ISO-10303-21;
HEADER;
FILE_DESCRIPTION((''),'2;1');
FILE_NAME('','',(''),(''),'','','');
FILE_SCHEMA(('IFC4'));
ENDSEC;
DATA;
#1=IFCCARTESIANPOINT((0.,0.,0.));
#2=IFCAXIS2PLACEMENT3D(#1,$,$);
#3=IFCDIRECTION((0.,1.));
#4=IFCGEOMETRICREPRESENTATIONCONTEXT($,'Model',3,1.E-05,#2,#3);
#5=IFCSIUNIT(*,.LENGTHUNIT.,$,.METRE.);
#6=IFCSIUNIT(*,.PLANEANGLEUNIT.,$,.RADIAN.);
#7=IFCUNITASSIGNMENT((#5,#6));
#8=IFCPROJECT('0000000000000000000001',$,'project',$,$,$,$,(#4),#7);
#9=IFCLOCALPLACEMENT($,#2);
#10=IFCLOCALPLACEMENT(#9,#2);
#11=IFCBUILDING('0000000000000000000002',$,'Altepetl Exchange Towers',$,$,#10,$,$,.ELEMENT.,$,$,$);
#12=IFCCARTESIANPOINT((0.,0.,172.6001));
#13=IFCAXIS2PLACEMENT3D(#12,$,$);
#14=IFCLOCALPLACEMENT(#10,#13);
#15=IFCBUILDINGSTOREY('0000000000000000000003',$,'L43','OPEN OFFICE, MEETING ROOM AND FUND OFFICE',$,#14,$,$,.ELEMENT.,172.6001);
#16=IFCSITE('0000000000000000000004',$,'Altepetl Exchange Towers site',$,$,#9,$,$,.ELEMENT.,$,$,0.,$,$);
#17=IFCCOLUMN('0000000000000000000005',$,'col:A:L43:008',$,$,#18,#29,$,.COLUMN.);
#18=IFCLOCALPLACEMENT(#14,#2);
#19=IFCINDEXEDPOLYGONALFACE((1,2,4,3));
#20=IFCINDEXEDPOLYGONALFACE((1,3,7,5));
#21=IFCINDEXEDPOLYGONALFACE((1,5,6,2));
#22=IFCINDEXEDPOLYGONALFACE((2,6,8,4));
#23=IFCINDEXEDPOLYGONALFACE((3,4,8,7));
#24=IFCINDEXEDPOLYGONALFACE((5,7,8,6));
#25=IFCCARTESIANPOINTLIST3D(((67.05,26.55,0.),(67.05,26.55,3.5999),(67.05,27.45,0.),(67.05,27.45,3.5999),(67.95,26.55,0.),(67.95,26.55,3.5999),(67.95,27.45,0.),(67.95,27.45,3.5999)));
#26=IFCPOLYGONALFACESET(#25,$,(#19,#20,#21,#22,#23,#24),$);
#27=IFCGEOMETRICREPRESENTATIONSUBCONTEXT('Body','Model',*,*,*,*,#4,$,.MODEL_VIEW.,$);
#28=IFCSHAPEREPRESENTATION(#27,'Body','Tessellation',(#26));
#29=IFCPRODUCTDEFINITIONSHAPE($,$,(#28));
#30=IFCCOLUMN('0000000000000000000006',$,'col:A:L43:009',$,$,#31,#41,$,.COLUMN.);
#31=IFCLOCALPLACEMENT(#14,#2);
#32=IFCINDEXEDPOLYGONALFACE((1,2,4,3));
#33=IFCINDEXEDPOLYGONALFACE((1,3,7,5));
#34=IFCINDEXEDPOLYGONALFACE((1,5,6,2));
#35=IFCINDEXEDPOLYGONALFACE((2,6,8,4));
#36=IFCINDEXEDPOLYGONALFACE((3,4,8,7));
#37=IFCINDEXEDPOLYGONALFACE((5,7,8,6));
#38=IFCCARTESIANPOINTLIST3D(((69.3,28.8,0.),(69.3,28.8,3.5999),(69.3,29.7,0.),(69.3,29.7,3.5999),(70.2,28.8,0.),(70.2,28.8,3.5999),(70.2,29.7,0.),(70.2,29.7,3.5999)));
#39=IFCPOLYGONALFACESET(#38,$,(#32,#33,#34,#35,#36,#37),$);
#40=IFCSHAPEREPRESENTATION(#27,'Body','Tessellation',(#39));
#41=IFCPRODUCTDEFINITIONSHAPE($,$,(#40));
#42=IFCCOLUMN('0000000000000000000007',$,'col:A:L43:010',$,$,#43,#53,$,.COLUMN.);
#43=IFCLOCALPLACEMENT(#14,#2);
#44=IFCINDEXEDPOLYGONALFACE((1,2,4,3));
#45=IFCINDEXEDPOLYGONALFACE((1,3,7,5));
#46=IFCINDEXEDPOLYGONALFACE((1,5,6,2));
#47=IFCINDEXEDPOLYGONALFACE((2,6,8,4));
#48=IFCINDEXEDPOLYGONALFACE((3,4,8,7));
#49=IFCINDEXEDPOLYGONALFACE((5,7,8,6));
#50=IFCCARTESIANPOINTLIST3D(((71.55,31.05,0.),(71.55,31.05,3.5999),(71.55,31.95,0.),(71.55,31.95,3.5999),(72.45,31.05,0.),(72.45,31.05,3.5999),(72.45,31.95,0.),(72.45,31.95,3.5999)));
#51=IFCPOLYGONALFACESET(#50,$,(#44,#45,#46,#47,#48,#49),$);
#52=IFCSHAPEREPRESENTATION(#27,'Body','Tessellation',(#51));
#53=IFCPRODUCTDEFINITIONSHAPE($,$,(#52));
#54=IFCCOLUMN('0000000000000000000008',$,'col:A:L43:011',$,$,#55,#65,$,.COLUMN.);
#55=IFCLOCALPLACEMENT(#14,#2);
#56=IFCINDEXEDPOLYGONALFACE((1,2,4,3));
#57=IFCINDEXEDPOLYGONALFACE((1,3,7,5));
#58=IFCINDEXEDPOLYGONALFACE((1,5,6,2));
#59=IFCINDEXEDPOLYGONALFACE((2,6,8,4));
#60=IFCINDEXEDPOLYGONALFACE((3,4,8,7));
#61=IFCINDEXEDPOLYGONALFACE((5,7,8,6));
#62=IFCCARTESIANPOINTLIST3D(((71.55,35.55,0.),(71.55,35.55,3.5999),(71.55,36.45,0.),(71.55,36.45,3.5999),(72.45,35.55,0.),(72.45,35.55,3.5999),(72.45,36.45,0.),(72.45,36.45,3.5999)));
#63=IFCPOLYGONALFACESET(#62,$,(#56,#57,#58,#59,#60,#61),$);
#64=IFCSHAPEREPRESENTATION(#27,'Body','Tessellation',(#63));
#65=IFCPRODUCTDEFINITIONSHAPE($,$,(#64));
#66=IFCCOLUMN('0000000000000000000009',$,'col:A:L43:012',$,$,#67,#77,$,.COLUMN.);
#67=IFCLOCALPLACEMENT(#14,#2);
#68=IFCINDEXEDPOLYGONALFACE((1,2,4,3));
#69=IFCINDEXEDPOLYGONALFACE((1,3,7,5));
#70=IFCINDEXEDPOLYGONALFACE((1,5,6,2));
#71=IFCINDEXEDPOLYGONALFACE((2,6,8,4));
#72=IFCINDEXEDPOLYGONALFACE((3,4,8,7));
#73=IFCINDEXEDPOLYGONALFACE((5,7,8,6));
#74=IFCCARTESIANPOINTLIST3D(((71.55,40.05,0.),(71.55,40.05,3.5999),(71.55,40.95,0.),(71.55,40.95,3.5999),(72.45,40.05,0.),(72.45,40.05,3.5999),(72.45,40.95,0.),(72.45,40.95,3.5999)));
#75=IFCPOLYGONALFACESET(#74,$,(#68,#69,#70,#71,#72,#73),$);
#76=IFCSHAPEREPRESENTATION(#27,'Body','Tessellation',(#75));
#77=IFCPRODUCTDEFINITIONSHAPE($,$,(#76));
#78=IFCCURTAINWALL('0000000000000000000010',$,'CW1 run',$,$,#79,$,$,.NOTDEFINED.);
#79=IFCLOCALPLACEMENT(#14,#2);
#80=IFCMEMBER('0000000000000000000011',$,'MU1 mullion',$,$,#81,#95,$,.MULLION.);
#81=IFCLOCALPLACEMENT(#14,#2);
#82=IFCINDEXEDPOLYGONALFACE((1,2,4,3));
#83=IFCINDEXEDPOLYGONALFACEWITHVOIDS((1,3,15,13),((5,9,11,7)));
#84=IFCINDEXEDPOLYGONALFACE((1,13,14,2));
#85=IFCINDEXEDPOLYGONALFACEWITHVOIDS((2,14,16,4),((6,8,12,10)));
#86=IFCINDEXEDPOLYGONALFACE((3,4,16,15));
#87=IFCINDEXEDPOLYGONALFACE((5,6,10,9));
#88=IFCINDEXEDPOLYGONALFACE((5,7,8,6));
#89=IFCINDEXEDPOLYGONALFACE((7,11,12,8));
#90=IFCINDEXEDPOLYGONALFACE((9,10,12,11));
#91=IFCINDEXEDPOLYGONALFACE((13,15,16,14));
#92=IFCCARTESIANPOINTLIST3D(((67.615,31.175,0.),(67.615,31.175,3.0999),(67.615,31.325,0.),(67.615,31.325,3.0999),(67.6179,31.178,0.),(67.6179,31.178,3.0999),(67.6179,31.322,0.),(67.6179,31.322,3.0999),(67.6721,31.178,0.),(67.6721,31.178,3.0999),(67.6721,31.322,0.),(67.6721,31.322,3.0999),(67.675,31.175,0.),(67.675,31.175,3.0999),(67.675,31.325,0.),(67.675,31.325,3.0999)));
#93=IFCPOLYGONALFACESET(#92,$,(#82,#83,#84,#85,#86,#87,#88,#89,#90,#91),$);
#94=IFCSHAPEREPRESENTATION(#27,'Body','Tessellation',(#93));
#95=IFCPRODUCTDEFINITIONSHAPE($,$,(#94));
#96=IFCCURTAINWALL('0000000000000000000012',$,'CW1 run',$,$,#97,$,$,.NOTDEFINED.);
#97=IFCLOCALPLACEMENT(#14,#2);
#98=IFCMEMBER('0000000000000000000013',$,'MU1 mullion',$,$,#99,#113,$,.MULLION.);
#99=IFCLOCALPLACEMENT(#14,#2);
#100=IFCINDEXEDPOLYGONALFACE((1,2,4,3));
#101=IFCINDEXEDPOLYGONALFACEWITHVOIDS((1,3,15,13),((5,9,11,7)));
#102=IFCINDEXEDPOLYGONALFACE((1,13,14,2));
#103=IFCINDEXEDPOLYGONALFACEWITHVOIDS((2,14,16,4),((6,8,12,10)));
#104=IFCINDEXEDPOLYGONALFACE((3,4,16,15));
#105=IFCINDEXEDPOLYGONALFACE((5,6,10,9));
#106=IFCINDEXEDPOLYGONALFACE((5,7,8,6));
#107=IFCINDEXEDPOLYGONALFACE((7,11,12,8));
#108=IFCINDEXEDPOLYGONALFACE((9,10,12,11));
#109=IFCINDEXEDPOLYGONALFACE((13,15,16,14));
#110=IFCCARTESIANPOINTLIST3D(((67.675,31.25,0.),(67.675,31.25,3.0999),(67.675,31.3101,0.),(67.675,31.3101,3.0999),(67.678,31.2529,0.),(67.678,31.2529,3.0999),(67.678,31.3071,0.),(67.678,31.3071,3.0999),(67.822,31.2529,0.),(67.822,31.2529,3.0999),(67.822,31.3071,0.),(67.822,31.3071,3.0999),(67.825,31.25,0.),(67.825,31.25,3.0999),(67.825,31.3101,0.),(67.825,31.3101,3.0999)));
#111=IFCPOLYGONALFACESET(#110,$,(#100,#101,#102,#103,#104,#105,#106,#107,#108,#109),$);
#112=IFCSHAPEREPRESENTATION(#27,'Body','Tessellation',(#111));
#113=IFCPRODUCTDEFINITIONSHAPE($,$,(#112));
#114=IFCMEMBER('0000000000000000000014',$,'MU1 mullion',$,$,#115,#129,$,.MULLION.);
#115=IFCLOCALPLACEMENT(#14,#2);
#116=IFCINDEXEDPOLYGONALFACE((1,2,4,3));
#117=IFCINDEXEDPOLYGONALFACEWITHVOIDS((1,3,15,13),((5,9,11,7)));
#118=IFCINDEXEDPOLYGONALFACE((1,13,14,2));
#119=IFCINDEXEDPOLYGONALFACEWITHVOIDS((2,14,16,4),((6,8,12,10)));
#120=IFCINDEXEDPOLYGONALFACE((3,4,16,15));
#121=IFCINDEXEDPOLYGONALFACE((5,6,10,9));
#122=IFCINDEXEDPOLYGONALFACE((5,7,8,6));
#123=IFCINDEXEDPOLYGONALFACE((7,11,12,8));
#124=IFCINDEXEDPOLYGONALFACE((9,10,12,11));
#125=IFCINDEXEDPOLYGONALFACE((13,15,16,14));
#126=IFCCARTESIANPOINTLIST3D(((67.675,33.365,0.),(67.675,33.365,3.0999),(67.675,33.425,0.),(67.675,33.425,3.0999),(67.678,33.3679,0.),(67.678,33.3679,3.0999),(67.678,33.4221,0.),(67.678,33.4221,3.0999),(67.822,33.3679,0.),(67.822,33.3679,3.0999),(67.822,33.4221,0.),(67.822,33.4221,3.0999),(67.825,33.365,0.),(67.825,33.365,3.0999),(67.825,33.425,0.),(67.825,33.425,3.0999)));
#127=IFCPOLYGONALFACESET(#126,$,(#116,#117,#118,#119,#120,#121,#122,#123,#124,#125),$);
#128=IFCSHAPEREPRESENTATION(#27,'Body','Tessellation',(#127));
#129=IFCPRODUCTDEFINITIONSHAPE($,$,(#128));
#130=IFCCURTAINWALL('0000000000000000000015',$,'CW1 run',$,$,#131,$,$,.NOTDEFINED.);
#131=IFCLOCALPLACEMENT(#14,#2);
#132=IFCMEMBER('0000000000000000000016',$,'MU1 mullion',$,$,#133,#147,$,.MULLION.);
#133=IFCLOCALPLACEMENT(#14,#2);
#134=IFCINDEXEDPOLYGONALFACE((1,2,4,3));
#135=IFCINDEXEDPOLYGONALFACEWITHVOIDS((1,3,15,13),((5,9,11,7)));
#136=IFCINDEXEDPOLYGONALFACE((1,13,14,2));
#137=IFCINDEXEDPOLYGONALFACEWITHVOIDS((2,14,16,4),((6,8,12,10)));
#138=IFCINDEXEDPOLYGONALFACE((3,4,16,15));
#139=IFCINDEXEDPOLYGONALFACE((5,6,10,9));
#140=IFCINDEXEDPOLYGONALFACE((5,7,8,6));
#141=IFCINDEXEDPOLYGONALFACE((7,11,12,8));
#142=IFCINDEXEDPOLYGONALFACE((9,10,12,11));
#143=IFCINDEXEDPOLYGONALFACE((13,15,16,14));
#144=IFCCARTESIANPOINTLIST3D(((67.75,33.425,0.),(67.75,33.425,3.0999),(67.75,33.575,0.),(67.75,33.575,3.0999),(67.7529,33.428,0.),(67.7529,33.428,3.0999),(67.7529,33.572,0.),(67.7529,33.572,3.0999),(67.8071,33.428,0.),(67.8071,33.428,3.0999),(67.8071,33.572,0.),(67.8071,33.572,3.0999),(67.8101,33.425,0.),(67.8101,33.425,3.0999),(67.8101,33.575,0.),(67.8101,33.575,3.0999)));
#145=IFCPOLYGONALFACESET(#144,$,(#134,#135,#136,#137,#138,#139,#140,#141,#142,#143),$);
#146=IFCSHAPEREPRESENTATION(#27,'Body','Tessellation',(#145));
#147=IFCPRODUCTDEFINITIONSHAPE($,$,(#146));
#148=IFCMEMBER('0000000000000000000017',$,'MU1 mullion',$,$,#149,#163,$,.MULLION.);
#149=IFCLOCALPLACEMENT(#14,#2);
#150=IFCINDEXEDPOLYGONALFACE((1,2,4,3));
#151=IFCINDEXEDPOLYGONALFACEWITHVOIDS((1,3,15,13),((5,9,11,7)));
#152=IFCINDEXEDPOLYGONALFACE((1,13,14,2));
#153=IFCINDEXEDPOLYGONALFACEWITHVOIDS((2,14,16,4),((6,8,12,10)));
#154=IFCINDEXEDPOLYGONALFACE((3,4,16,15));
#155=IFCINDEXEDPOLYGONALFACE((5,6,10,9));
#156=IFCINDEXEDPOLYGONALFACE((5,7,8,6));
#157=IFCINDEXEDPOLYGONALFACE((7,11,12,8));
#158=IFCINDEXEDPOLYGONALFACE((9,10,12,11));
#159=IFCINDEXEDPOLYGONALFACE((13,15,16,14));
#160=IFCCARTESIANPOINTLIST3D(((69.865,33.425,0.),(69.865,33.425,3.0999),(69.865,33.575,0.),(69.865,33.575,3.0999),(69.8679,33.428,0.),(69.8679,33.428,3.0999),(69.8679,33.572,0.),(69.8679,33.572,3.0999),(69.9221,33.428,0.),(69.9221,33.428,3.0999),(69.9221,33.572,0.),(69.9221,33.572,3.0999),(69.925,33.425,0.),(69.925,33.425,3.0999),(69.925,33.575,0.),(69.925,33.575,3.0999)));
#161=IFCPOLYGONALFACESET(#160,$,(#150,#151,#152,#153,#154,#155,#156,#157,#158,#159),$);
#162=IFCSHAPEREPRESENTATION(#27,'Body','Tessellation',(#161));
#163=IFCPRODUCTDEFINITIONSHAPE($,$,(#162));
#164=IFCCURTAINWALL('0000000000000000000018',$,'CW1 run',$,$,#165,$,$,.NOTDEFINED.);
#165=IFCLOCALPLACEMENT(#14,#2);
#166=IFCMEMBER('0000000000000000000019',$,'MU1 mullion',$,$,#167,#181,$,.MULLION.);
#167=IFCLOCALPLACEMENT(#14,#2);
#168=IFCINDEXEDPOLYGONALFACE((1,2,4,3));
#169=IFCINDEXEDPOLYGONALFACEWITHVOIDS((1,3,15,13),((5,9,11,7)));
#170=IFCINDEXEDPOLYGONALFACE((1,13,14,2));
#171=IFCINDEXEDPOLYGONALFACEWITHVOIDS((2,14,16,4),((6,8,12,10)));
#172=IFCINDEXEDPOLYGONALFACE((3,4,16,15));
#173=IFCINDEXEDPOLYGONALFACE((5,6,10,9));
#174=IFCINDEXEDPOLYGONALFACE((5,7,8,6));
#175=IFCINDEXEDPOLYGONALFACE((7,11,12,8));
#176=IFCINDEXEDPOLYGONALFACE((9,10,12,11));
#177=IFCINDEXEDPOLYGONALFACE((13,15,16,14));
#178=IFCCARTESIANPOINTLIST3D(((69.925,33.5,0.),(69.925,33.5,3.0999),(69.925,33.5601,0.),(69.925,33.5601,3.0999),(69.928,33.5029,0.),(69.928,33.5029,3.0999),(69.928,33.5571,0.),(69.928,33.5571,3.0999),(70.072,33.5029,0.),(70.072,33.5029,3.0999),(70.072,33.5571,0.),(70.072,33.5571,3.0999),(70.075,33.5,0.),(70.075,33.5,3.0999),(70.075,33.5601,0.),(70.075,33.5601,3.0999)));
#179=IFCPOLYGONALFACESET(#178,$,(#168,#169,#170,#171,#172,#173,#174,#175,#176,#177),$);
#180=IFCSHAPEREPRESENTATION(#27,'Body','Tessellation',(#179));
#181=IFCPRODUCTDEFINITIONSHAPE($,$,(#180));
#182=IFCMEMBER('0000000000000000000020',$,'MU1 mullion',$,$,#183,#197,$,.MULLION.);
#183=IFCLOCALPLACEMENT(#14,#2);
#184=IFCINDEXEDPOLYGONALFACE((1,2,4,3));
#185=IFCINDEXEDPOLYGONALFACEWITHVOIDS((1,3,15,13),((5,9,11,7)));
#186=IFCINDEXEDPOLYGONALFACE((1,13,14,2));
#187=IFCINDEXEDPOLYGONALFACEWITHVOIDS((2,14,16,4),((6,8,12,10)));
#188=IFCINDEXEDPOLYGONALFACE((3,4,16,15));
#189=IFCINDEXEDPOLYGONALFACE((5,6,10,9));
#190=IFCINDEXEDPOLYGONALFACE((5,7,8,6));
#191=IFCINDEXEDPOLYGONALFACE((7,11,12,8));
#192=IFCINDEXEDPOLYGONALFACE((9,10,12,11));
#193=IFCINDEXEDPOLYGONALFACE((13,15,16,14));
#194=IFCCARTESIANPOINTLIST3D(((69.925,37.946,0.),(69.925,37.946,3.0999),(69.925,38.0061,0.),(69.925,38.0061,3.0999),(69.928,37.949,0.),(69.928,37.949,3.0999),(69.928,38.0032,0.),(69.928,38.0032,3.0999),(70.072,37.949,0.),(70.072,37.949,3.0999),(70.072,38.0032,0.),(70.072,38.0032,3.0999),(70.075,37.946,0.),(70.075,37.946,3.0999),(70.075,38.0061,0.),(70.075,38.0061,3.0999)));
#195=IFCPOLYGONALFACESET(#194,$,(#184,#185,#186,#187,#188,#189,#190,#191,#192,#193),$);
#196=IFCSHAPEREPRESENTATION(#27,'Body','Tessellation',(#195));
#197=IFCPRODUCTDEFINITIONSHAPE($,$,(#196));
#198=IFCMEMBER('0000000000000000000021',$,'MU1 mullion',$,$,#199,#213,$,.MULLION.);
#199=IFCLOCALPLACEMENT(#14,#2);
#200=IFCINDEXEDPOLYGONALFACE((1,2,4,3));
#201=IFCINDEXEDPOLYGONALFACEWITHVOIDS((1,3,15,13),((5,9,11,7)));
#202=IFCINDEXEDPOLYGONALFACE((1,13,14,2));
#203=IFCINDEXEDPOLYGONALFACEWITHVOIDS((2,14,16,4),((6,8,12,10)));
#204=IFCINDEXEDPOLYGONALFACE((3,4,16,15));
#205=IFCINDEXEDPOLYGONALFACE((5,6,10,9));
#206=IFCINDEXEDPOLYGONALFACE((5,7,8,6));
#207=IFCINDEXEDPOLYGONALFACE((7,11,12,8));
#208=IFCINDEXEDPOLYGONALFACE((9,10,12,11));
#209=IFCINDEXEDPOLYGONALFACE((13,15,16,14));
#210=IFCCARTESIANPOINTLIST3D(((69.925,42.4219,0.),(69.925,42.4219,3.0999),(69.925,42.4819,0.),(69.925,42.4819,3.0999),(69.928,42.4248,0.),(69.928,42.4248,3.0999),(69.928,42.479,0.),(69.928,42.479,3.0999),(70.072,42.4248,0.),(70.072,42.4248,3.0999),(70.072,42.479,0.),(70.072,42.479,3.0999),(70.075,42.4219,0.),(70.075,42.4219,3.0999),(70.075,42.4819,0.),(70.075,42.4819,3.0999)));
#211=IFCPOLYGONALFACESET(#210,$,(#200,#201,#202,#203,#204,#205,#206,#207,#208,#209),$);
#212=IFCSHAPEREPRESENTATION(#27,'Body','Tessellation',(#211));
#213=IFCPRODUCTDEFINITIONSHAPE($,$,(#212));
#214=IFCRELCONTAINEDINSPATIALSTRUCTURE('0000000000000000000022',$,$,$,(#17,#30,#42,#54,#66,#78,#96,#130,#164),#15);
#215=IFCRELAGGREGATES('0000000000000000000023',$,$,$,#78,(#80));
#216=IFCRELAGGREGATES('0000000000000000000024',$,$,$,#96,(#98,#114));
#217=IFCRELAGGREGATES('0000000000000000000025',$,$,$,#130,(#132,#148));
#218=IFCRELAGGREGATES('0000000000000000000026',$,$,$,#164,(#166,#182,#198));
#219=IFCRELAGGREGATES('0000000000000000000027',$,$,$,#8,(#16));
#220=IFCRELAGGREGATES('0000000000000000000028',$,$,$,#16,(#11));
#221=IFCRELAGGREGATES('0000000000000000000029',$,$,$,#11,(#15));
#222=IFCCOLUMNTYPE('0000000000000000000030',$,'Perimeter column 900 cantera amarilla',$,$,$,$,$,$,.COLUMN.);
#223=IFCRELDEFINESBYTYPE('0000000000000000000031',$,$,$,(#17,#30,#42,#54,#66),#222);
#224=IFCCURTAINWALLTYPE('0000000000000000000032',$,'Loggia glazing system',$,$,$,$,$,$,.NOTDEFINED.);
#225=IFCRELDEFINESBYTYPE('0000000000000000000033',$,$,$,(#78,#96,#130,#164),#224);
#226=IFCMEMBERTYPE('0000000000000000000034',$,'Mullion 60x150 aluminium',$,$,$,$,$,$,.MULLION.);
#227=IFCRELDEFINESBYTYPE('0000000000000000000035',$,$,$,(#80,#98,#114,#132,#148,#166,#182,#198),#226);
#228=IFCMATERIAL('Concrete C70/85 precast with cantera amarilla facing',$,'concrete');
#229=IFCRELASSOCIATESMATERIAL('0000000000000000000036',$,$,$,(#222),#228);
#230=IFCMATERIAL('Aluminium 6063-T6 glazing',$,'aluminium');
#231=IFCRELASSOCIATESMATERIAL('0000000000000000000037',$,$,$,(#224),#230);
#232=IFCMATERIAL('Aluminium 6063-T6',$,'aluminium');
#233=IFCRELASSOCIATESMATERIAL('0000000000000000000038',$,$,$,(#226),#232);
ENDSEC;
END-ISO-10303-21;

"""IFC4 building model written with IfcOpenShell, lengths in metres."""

from ifc_helpers import new_model, si_unit, direction, frame, origin, origin_2d, place, context, subcontext, project, spatial, rectangle, hollow_rectangle, extrude, material, material_profile, profile_set, type_object, element, aggregate, save


model = new_model("IFC4")

# Units and contexts
model_context = context("Model", 3, precision=1e-05, world=origin(), true_north=direction((0.0, 1.0)))
body_context = subcontext(model_context, "Body", "Model", "MODEL_VIEW")
ifc_project = project(units=[si_unit("LENGTHUNIT", "METRE"), si_unit("PLANEANGLEUNIT", "RADIAN")], contexts=[model_context])

# Site, building, storey
site_placement = place(None, origin())
site = spatial("IfcSite", under=ifc_project, at=site_placement, Name="Altepetl Exchange Towers site", CompositionType="ELEMENT", RefElevation=0.0)
building_placement = place(site_placement, origin())
building = spatial("IfcBuilding", under=site, at=building_placement, Name="Altepetl Exchange Towers", CompositionType="ELEMENT")
storey_placement = place(building_placement, frame((0.0, 0.0, 172.6001)))
storey = spatial("IfcBuildingStorey", under=building, at=storey_placement, Name="L43", Description="OPEN OFFICE, MEETING ROOM AND FUND OFFICE", CompositionType="ELEMENT", Elevation=172.6001)

# Columns
ifc_material_1 = material(Name="Concrete C70/85 precast with cantera amarilla facing", Category="concrete")
ifc_material_profile_1 = material_profile(ifc_material_1, rectangle(XDim=0.8999, YDim=0.8999, at=origin_2d()), Name="900 x 900")
ifc_profile_set_1 = profile_set([ifc_material_profile_1], Name="Concrete C70/85 precast with cantera amarilla facing")
column_type = type_object("IfcColumnType", Name="Perimeter column 900 cantera amarilla", PredefinedType="COLUMN", material=ifc_profile_set_1)
for number, where, name in (
    (1, (67.5, 27.0, 0.0), "col:A:L43:008"),
    (2, (69.75, 29.25, 0.0), "col:A:L43:009"),
    (3, (72.0, 31.5, 0.0), "col:A:L43:010"),
    (4, (72.0, 36.0, 0.0), "col:A:L43:011"),
    (5, (72.0, 40.5, 0.0), "col:A:L43:012"),
):
    element("IfcColumn", number, at=place(storey_placement, frame(where)), inside=storey, type_object=column_type, Name=name, PredefinedType="COLUMN", context=body_context, shape_type="SweptSolid", body=[
        extrude(rectangle(XDim=0.8999, YDim=0.8999, at=origin_2d()), origin(), (0.0, 0.0, 1.0), 3.5999),
    ])

# Curtain wall, member
ifc_material_2 = material(Name="Aluminium 6063-T6 glazing", Category="aluminium")
curtain_wall_type = type_object("IfcCurtainWallType", Name="Loggia glazing system", PredefinedType="NOTDEFINED", material=ifc_material_2)
curtain_wall_1_placement = place(storey_placement, origin())
curtain_wall_1 = element("IfcCurtainWall", 6, at=curtain_wall_1_placement, inside=storey, type_object=curtain_wall_type, Name="CW1 run", PredefinedType="NOTDEFINED")
ifc_material_3 = material(Name="Aluminium 6063-T6", Category="aluminium")
ifc_material_profile_2 = material_profile(ifc_material_3, hollow_rectangle(XDim=0.0601, YDim=0.1499, WallThickness=0.0029, at=origin_2d()), Name="Mullion 60x150 aluminium")
ifc_profile_set_2 = profile_set([ifc_material_profile_2], Name="Aluminium 6063-T6")
member_type = type_object("IfcMemberType", Name="Mullion 60x150 aluminium", PredefinedType="MULLION", material=ifc_profile_set_2)
member_1_placement = place(storey_placement, frame((67.645, 31.25, 0.0)))
member_1 = element("IfcMember", 7, at=member_1_placement, type_object=member_type, Name="MU1 mullion", PredefinedType="MULLION", context=body_context, shape_type="SweptSolid", body=[
    extrude(hollow_rectangle(XDim=0.0601, YDim=0.1499, WallThickness=0.0029, at=origin_2d()), origin(), (0.0, 0.0, 1.0), 3.0999),
])

# Curtain walls, members
curtain_wall_2_placement = place(storey_placement, origin())
curtain_wall_2 = element("IfcCurtainWall", 8, at=curtain_wall_2_placement, inside=storey, type_object=curtain_wall_type, Name="CW1 run", PredefinedType="NOTDEFINED")
member_2_placement = place(storey_placement, frame((67.75, 31.28, 0.0), z_axis=(0.0, 0.0, 1.0), x_axis=(0.0, 1.0, 0.0)))
member_2 = element("IfcMember", 9, at=member_2_placement, type_object=member_type, Name="MU1 mullion", PredefinedType="MULLION", context=body_context, shape_type="SweptSolid", body=[
    extrude(hollow_rectangle(XDim=0.0601, YDim=0.1499, WallThickness=0.0029, at=origin_2d()), origin(), (0.0, 0.0, 1.0), 3.0999),
])
member_3_placement = place(storey_placement, frame((67.75, 33.395, 0.0), z_axis=(0.0, 0.0, 1.0), x_axis=(0.0, 1.0, 0.0)))
member_3 = element("IfcMember", 10, at=member_3_placement, type_object=member_type, Name="MU1 mullion", PredefinedType="MULLION", context=body_context, shape_type="SweptSolid", body=[
    extrude(hollow_rectangle(XDim=0.0601, YDim=0.1499, WallThickness=0.0029, at=origin_2d()), origin(), (0.0, 0.0, 1.0), 3.0999),
])
curtain_wall_3_placement = place(storey_placement, origin())
curtain_wall_3 = element("IfcCurtainWall", 11, at=curtain_wall_3_placement, inside=storey, type_object=curtain_wall_type, Name="CW1 run", PredefinedType="NOTDEFINED")
member_4_placement = place(storey_placement, frame((67.78, 33.5, 0.0)))
member_4 = element("IfcMember", 12, at=member_4_placement, type_object=member_type, Name="MU1 mullion", PredefinedType="MULLION", context=body_context, shape_type="SweptSolid", body=[
    extrude(hollow_rectangle(XDim=0.0601, YDim=0.1499, WallThickness=0.0029, at=origin_2d()), origin(), (0.0, 0.0, 1.0), 3.0999),
])
member_5_placement = place(storey_placement, frame((69.895, 33.5, 0.0)))
member_5 = element("IfcMember", 13, at=member_5_placement, type_object=member_type, Name="MU1 mullion", PredefinedType="MULLION", context=body_context, shape_type="SweptSolid", body=[
    extrude(hollow_rectangle(XDim=0.0601, YDim=0.1499, WallThickness=0.0029, at=origin_2d()), origin(), (0.0, 0.0, 1.0), 3.0999),
])
curtain_wall_4_placement = place(storey_placement, origin())
curtain_wall_4 = element("IfcCurtainWall", 14, at=curtain_wall_4_placement, inside=storey, type_object=curtain_wall_type, Name="CW1 run", PredefinedType="NOTDEFINED")
member_6_placement = place(storey_placement, frame((70.0, 33.53, 0.0), z_axis=(0.0, 0.0, 1.0), x_axis=(0.0, 1.0, 0.0)))
member_6 = element("IfcMember", 15, at=member_6_placement, type_object=member_type, Name="MU1 mullion", PredefinedType="MULLION", context=body_context, shape_type="SweptSolid", body=[
    extrude(hollow_rectangle(XDim=0.0601, YDim=0.1499, WallThickness=0.0029, at=origin_2d()), origin(), (0.0, 0.0, 1.0), 3.0999),
])
member_7_placement = place(storey_placement, frame((70.0, 37.9761, 0.0), z_axis=(0.0, 0.0, 1.0), x_axis=(0.0, 1.0, 0.0)))
member_7 = element("IfcMember", 16, at=member_7_placement, type_object=member_type, Name="MU1 mullion", PredefinedType="MULLION", context=body_context, shape_type="SweptSolid", body=[
    extrude(hollow_rectangle(XDim=0.0601, YDim=0.1499, WallThickness=0.0029, at=origin_2d()), origin(), (0.0, 0.0, 1.0), 3.0999),
])
member_8_placement = place(storey_placement, frame((70.0, 42.4519, 0.0), z_axis=(0.0, 0.0, 1.0), x_axis=(0.0, 1.0, 0.0)))
member_8 = element("IfcMember", 17, at=member_8_placement, type_object=member_type, Name="MU1 mullion", PredefinedType="MULLION", context=body_context, shape_type="SweptSolid", body=[
    extrude(hollow_rectangle(XDim=0.0601, YDim=0.1499, WallThickness=0.0029, at=origin_2d()), origin(), (0.0, 0.0, 1.0), 3.0999),
])

aggregate(curtain_wall_1, [member_1])
aggregate(curtain_wall_2, [member_2, member_3])
aggregate(curtain_wall_3, [member_4, member_5])
aggregate(curtain_wall_4, [member_6, member_7, member_8])

save(model, "model.ifc")
